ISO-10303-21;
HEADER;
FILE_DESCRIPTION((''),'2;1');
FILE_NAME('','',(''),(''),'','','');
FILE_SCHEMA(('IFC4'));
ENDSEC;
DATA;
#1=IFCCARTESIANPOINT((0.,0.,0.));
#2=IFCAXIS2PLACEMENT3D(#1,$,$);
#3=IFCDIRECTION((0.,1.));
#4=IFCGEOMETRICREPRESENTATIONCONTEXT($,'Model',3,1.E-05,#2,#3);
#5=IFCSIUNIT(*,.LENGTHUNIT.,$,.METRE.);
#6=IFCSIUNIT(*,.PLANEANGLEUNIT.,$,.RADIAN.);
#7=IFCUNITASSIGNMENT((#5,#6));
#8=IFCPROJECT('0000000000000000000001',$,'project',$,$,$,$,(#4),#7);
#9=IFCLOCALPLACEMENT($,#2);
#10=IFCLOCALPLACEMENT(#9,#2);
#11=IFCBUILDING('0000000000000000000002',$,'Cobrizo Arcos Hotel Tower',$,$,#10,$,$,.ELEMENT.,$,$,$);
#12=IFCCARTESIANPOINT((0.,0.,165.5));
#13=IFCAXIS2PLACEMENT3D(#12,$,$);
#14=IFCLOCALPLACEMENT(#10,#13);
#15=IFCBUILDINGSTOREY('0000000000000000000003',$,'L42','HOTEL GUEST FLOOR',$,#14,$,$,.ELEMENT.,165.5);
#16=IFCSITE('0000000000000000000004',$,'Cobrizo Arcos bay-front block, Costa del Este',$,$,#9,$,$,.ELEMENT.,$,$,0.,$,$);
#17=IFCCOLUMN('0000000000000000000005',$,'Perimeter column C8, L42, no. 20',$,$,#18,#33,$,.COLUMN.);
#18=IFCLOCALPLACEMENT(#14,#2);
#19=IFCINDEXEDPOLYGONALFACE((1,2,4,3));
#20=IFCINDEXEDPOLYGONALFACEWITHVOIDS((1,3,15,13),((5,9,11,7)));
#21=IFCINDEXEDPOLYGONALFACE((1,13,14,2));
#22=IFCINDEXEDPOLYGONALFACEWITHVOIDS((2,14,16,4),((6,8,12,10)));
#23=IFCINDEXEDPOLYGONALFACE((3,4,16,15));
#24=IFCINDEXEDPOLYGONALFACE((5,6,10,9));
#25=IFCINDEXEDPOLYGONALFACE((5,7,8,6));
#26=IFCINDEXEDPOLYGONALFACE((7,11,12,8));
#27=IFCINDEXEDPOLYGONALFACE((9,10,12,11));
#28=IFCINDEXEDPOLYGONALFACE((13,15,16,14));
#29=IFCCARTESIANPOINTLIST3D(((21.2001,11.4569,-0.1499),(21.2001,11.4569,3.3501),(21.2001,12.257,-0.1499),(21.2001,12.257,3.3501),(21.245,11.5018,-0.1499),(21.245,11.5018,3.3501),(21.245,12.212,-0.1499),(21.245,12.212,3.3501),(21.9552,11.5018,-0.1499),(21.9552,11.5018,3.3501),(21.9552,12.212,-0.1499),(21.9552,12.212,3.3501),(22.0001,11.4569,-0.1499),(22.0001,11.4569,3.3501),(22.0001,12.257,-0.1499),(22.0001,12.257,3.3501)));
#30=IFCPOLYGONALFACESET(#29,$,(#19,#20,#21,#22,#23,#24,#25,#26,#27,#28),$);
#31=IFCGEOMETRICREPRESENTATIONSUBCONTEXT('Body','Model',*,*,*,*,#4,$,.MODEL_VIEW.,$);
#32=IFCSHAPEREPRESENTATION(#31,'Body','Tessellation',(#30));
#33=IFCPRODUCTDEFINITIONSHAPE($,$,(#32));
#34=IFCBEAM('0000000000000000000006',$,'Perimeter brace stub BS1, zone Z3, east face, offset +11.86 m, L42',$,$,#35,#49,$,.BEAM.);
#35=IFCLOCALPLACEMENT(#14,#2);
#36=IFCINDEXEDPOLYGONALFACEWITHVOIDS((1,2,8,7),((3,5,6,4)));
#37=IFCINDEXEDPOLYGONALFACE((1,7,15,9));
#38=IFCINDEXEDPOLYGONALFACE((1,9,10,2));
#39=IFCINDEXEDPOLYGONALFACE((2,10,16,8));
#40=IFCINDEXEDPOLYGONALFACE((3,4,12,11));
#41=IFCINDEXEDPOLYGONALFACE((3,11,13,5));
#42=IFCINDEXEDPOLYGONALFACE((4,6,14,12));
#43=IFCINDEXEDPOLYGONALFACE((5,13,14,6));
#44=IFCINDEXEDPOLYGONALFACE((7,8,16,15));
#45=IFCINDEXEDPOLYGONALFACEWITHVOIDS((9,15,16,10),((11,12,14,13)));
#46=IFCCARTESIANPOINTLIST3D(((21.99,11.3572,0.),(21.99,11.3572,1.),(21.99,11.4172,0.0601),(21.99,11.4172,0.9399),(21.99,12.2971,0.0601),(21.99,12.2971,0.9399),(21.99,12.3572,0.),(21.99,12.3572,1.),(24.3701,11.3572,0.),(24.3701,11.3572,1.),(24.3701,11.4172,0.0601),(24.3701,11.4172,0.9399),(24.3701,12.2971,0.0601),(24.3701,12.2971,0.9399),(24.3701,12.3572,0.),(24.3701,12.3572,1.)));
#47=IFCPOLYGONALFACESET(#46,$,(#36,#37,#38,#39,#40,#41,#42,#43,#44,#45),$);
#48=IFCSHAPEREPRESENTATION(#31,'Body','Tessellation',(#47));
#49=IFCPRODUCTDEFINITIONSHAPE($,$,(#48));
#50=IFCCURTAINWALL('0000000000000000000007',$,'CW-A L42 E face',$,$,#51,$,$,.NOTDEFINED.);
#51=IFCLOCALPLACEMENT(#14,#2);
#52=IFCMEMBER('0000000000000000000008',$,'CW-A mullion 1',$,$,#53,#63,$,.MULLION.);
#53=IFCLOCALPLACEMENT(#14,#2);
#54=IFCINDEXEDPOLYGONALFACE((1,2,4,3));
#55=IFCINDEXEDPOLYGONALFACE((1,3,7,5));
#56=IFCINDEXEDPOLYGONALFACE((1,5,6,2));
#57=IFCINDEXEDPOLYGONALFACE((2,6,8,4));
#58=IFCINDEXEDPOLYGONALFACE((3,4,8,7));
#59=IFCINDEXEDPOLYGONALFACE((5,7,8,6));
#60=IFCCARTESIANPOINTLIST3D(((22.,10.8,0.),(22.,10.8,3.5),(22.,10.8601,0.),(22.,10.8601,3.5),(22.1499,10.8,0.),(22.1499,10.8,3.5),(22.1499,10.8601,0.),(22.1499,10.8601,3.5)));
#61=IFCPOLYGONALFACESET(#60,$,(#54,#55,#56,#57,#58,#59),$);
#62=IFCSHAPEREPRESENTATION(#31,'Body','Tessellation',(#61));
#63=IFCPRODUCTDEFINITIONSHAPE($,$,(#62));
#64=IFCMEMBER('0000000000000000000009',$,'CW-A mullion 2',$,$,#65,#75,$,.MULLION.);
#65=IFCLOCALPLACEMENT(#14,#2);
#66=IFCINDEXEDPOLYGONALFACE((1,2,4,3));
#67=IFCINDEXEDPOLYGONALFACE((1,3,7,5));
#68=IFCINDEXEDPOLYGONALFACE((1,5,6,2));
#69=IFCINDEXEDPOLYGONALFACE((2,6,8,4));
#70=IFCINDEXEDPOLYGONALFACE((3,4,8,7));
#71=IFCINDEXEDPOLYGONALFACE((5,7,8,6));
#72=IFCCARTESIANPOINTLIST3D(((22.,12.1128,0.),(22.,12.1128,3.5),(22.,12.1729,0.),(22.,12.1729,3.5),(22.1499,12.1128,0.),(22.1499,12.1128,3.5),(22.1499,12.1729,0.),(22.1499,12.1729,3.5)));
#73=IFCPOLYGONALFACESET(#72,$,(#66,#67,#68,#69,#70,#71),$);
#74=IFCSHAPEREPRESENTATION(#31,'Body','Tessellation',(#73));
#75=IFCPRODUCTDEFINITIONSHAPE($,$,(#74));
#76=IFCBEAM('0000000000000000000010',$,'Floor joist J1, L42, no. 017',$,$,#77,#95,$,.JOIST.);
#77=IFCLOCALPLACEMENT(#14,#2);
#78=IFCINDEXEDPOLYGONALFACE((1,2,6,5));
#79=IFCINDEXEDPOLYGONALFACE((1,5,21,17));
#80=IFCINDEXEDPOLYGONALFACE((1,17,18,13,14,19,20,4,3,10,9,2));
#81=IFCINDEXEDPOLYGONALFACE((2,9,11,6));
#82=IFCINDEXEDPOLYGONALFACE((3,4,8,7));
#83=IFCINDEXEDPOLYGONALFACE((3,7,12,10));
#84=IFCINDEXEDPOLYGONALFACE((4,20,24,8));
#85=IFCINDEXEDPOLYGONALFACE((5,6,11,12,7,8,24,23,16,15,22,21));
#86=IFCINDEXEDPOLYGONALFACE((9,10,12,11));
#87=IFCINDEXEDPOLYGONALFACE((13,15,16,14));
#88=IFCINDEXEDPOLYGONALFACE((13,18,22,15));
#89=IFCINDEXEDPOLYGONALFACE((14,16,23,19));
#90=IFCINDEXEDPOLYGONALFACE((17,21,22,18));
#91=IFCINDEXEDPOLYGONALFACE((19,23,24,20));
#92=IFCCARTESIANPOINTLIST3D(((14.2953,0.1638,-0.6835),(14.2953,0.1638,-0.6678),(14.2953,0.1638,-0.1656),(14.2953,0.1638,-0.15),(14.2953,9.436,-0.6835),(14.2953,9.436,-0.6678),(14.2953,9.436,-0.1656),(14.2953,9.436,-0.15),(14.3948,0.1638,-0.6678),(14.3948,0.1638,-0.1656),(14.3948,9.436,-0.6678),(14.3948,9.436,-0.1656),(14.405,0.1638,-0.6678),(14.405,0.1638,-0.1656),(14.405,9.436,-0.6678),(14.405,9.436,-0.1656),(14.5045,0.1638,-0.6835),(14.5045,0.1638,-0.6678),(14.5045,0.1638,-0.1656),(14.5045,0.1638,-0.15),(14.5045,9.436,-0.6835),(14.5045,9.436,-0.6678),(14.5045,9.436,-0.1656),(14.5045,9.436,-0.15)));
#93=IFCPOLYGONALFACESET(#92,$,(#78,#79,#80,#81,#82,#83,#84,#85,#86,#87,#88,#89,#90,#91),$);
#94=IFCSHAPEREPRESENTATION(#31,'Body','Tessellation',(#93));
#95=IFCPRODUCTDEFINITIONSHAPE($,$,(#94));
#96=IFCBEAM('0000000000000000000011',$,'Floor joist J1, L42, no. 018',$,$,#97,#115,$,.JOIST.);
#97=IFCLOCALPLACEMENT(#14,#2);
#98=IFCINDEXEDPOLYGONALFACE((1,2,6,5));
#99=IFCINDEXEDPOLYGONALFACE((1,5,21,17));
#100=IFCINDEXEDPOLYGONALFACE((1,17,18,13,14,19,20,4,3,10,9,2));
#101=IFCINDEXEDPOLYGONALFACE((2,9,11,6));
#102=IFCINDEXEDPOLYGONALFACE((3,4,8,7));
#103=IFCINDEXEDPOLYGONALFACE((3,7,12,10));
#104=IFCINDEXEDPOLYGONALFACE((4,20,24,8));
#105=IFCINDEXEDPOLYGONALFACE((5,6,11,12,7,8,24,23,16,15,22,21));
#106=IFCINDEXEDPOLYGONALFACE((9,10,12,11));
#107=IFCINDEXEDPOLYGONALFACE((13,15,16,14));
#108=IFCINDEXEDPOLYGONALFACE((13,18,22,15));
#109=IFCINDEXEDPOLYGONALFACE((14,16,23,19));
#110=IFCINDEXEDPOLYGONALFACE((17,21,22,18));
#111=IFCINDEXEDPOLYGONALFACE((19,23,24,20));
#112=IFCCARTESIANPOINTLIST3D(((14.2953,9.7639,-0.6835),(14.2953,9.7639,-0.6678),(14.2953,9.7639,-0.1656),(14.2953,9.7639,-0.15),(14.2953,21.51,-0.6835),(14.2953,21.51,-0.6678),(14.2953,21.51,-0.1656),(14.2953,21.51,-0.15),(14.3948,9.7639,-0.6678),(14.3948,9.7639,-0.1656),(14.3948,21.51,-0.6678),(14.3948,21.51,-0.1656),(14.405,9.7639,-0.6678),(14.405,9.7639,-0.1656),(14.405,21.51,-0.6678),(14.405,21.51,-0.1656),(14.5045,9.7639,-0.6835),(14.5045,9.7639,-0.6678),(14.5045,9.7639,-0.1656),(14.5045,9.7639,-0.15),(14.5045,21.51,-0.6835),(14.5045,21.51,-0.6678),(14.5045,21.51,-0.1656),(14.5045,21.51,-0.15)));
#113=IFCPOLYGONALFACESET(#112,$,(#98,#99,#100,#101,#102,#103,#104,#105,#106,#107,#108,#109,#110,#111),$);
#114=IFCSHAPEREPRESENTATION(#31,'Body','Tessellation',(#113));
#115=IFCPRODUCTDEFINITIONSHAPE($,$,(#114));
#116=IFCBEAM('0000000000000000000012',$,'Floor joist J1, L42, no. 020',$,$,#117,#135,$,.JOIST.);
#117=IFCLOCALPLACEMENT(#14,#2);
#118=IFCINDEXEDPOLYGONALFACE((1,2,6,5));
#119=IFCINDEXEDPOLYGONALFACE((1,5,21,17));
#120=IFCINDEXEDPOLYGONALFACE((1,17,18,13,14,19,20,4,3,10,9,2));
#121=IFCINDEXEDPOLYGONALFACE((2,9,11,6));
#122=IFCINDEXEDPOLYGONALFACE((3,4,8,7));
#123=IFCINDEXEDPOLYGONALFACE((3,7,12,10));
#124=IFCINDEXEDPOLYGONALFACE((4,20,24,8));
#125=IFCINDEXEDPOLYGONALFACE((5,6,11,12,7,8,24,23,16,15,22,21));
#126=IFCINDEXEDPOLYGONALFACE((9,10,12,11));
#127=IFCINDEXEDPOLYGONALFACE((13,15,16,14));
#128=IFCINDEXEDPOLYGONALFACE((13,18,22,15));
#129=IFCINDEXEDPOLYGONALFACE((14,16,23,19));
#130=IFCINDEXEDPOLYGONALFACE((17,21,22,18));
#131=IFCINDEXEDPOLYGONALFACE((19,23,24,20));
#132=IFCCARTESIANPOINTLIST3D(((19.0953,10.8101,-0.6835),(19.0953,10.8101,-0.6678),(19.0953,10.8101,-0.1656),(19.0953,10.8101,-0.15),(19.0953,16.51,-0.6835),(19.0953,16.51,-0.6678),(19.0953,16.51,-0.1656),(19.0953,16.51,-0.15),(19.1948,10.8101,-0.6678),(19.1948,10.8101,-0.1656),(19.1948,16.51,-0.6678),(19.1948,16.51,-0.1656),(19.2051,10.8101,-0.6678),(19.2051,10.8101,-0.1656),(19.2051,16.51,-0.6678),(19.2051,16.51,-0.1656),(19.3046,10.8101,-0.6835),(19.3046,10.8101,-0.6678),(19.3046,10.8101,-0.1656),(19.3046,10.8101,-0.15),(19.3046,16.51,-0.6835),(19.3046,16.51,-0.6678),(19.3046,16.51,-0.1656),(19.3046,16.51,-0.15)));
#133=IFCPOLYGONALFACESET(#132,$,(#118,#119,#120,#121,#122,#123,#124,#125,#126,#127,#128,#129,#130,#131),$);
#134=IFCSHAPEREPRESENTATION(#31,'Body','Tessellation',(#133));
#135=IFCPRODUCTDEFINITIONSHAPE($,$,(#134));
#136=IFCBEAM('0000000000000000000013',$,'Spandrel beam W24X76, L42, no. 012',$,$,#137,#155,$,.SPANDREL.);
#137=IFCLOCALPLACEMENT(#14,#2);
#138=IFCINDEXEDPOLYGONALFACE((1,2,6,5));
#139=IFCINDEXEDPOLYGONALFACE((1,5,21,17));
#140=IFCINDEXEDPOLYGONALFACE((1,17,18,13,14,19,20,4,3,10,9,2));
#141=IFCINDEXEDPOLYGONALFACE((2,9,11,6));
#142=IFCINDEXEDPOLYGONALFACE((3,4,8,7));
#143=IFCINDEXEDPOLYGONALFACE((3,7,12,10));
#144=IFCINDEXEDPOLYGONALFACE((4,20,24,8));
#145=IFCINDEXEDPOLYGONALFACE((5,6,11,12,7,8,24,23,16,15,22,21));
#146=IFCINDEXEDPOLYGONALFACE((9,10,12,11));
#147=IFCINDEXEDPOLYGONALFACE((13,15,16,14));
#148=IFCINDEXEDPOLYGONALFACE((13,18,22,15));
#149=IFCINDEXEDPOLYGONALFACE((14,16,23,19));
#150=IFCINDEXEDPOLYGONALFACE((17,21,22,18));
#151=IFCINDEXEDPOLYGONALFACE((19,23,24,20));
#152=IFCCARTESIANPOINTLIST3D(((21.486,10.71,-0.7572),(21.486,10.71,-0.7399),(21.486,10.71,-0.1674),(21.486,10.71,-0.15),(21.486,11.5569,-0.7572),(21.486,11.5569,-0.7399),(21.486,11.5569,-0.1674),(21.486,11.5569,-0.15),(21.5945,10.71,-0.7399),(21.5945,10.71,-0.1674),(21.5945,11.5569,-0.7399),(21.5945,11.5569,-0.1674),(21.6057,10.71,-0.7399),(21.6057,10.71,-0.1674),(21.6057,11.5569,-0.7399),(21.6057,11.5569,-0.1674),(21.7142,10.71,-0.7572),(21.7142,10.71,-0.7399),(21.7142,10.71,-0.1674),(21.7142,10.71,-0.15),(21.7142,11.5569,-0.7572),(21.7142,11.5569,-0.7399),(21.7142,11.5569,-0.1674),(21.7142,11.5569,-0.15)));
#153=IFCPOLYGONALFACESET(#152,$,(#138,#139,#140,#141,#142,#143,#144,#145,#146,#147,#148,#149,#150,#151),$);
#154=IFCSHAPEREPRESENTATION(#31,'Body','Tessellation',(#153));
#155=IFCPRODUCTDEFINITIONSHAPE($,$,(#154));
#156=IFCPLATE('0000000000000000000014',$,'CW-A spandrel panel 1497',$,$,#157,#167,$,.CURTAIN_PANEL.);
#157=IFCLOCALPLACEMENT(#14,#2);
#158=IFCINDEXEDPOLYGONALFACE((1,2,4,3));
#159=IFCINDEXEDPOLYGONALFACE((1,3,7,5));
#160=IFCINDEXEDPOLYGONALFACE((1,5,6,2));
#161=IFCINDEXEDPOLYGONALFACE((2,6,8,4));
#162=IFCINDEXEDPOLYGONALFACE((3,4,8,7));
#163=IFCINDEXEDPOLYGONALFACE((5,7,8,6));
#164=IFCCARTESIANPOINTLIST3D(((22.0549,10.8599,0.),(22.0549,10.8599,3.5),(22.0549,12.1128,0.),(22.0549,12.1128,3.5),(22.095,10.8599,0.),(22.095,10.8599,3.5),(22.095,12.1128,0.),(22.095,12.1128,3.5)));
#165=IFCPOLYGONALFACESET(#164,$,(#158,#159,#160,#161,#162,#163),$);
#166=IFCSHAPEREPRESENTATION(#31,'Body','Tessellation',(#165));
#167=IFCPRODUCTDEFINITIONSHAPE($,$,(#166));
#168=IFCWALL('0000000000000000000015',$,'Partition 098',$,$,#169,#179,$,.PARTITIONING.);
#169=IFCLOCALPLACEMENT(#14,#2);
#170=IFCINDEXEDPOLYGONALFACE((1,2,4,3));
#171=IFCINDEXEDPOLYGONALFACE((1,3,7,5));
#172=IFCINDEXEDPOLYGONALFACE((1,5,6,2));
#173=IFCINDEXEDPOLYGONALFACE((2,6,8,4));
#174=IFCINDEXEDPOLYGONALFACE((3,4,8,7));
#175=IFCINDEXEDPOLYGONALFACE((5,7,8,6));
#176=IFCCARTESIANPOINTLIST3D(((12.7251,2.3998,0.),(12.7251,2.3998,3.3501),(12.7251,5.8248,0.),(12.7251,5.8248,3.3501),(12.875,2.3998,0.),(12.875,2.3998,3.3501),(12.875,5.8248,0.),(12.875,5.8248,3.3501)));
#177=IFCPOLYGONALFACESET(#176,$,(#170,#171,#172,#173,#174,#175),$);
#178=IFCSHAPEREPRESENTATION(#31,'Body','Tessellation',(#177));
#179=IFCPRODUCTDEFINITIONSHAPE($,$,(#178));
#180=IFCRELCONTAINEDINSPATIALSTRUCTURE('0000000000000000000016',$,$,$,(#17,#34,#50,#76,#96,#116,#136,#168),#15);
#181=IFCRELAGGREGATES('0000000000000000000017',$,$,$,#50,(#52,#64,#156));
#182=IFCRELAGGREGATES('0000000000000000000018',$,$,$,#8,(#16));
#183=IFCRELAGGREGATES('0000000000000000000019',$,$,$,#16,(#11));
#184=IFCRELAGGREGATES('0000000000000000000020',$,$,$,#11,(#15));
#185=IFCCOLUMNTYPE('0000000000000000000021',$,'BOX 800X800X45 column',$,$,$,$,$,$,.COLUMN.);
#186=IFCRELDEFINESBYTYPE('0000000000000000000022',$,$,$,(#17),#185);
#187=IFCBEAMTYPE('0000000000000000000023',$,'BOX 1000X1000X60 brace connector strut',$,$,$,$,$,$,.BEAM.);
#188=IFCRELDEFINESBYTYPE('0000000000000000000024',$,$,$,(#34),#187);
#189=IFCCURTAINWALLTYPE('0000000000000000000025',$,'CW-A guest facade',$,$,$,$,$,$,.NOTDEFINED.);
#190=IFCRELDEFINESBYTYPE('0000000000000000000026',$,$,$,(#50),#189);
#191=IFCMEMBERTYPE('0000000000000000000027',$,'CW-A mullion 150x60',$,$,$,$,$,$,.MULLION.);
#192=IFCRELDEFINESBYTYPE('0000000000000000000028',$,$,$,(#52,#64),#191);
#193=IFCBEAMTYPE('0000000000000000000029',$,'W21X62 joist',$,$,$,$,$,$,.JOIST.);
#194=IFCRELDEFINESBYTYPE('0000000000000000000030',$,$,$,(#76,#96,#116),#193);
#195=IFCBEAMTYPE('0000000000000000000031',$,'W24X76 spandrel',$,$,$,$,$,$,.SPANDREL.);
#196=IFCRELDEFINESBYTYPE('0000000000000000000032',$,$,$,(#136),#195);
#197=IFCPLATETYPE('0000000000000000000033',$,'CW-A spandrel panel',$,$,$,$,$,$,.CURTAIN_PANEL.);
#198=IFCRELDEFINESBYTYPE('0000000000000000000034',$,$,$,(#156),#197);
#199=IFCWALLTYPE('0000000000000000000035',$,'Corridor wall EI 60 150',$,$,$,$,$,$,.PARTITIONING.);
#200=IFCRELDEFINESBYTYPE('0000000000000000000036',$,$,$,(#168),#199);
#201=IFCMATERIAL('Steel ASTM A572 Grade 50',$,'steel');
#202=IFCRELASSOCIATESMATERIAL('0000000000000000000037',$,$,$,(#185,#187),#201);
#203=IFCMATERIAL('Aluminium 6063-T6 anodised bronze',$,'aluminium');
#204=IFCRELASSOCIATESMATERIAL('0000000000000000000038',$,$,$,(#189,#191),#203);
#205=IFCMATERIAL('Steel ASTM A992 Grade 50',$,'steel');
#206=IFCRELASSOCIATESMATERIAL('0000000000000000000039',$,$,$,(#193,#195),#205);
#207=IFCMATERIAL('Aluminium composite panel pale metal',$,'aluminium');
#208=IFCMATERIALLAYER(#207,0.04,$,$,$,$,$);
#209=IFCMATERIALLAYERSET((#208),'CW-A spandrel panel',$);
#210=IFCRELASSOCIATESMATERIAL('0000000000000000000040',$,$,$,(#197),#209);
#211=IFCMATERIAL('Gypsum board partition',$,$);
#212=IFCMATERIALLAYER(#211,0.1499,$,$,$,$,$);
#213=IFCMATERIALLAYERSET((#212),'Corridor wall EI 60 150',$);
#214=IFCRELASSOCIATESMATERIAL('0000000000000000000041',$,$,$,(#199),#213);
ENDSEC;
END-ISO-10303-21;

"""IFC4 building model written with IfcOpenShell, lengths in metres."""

from ifc_helpers import new_model, si_unit, direction, frame, frame_2d, origin, origin_2d, place, context, subcontext, project, spatial, rectangle, hollow_rectangle, i_section, extrude, material, layer, layer_set, material_profile, profile_set, type_object, element, aggregate, save


model = new_model("IFC4")

# Units and contexts
model_context = context("Model", 3, precision=1e-05, world=origin(), true_north=direction((0.0, 1.0)))
body_context = subcontext(model_context, "Body", "Model", "MODEL_VIEW")
ifc_project = project(units=[si_unit("LENGTHUNIT", "METRE"), si_unit("PLANEANGLEUNIT", "RADIAN")], contexts=[model_context])

# Site, building, storey
site_placement = place(None, origin())
site = spatial("IfcSite", under=ifc_project, at=site_placement, Name="Cobrizo Arcos bay-front block, Costa del Este", CompositionType="ELEMENT", RefElevation=0.0)
building_placement = place(site_placement, origin())
building = spatial("IfcBuilding", under=site, at=building_placement, Name="Cobrizo Arcos Hotel Tower", CompositionType="ELEMENT")
storey_placement = place(building_placement, frame((0.0, 0.0, 165.5)))
storey = spatial("IfcBuildingStorey", under=building, at=storey_placement, Name="L42", Description="HOTEL GUEST FLOOR", CompositionType="ELEMENT", Elevation=165.5)

# Column
ifc_material_1 = material(Name="Steel ASTM A572 Grade 50", Category="steel")
ifc_material_profile_1 = material_profile(ifc_material_1, hollow_rectangle(XDim=0.8, YDim=0.8, WallThickness=0.0449, at=origin_2d()), Name="BOX 800X800X45")
ifc_profile_set_1 = profile_set([ifc_material_profile_1], Name="Steel ASTM A572 Grade 50")
column_type = type_object("IfcColumnType", Name="BOX 800X800X45 column", PredefinedType="COLUMN", material=ifc_profile_set_1)
column_placement = place(storey_placement, frame((21.6001, 11.8569, -0.1499), z_axis=(0.0, 0.0, 1.0), x_axis=(1.0, 0.0, 0.0)))
element("IfcColumn", 1, at=column_placement, inside=storey, type_object=column_type, Name="Perimeter column C8, L42, no. 20", PredefinedType="COLUMN", context=body_context, shape_type="SweptSolid", body=[
    extrude(hollow_rectangle(XDim=0.8, YDim=0.8, WallThickness=0.0449, at=origin_2d()), origin(), (0.0, 0.0, 1.0), 3.5),
])

# Beam
ifc_material_profile_2 = material_profile(ifc_material_1, hollow_rectangle(XDim=1.0, YDim=1.0, WallThickness=0.0601, at=origin_2d()), Name="BOX 1000X1000X60")
ifc_profile_set_2 = profile_set([ifc_material_profile_2], Name="Steel ASTM A572 Grade 50")
beam_type_1 = type_object("IfcBeamType", Name="BOX 1000X1000X60 brace connector strut", PredefinedType="BEAM", material=ifc_profile_set_2)
beam_1_placement = place(storey_placement, frame((21.99, 11.8572, 0.5), z_axis=(1.0, 0.0, 0.0), x_axis=(0.0, 1.0, 0.0)))
element("IfcBeam", 2, at=beam_1_placement, inside=storey, type_object=beam_type_1, Name="Perimeter brace stub BS1, zone Z3, east face, offset +11.86 m, L42", PredefinedType="BEAM", context=body_context, shape_type="SweptSolid", body=[
    extrude(hollow_rectangle(XDim=1.0, YDim=1.0, WallThickness=0.0601, at=origin_2d()), origin(), (0.0, 0.0, 1.0), 2.3801),
])

# Curtain wall, members
ifc_material_2 = material(Name="Aluminium 6063-T6 anodised bronze", Category="aluminium")
curtain_wall_type = type_object("IfcCurtainWallType", Name="CW-A guest facade", PredefinedType="NOTDEFINED", material=ifc_material_2)
curtain_wall_placement = place(storey_placement, origin())
curtain_wall = element("IfcCurtainWall", 3, at=curtain_wall_placement, inside=storey, type_object=curtain_wall_type, Name="CW-A L42 E face", PredefinedType="NOTDEFINED")
ifc_material_profile_3 = material_profile(ifc_material_2, rectangle(XDim=0.1499, YDim=0.0601, at=origin_2d()), Name="CW-A mullion 150x60")
ifc_profile_set_3 = profile_set([ifc_material_profile_3], Name="Aluminium 6063-T6 anodised bronze")
member_type = type_object("IfcMemberType", Name="CW-A mullion 150x60", PredefinedType="MULLION", material=ifc_profile_set_3)
member_1_placement = place(storey_placement, frame((22.075, 10.8301, 0.0), z_axis=(0.0, 0.0, 1.0), x_axis=(1.0, 0.0, 0.0)))
member_1 = element("IfcMember", 4, at=member_1_placement, type_object=member_type, Name="CW-A mullion 1", PredefinedType="MULLION", context=body_context, shape_type="SweptSolid", body=[
    extrude(rectangle(XDim=0.1499, YDim=0.0601, at=origin_2d()), origin(), (0.0, 0.0, 1.0), 3.5),
])
member_2_placement = place(storey_placement, frame((22.075, 12.1428, 0.0), z_axis=(0.0, 0.0, 1.0), x_axis=(1.0, 0.0, 0.0)))
member_2 = element("IfcMember", 5, at=member_2_placement, type_object=member_type, Name="CW-A mullion 2", PredefinedType="MULLION", context=body_context, shape_type="SweptSolid", body=[
    extrude(rectangle(XDim=0.1499, YDim=0.0601, at=origin_2d()), origin(), (0.0, 0.0, 1.0), 3.5),
])

# Beams
ifc_material_3 = material(Name="Steel ASTM A992 Grade 50", Category="steel")
ifc_material_profile_4 = material_profile(ifc_material_3, i_section(OverallWidth=0.2092, OverallDepth=0.5334, WebThickness=0.0103, FlangeThickness=0.0156, at=origin_2d()), Name="W21X62")
ifc_profile_set_4 = profile_set([ifc_material_profile_4], Name="Steel ASTM A992 Grade 50")
beam_type_2 = type_object("IfcBeamType", Name="W21X62 joist", PredefinedType="JOIST", material=ifc_profile_set_4)
beam_2_placement = place(storey_placement, frame((14.3999, 0.1638, -0.4167), z_axis=(0.0, 1.0, 0.0), x_axis=(-1.0, 0.0, 0.0)))
element("IfcBeam", 6, at=beam_2_placement, inside=storey, type_object=beam_type_2, Name="Floor joist J1, L42, no. 017", PredefinedType="JOIST", context=body_context, shape_type="SweptSolid", body=[
    extrude(i_section(OverallWidth=0.2092, OverallDepth=0.5334, WebThickness=0.0103, FlangeThickness=0.0156, at=origin_2d()), origin(), (0.0, 0.0, 1.0), 9.2722),
])
beam_3_placement = place(storey_placement, frame((14.3999, 9.7639, -0.4167), z_axis=(0.0, 1.0, 0.0), x_axis=(-1.0, 0.0, 0.0)))
element("IfcBeam", 7, at=beam_3_placement, inside=storey, type_object=beam_type_2, Name="Floor joist J1, L42, no. 018", PredefinedType="JOIST", context=body_context, shape_type="SweptSolid", body=[
    extrude(i_section(OverallWidth=0.2092, OverallDepth=0.5334, WebThickness=0.0103, FlangeThickness=0.0156, at=origin_2d()), origin(), (0.0, 0.0, 1.0), 11.7461),
])
beam_4_placement = place(storey_placement, frame((19.2, 10.8101, -0.4167), z_axis=(0.0, 1.0, 0.0), x_axis=(-1.0, 0.0, 0.0)))
element("IfcBeam", 8, at=beam_4_placement, inside=storey, type_object=beam_type_2, Name="Floor joist J1, L42, no. 020", PredefinedType="JOIST", context=body_context, shape_type="SweptSolid", body=[
    extrude(i_section(OverallWidth=0.2092, OverallDepth=0.5334, WebThickness=0.0103, FlangeThickness=0.0156, at=origin_2d()), origin(), (0.0, 0.0, 1.0), 5.7),
])
ifc_material_profile_5 = material_profile(ifc_material_3, i_section(OverallWidth=0.2283, OverallDepth=0.6072, WebThickness=0.0112, FlangeThickness=0.0173, at=origin_2d()), Name="W24X76")
ifc_profile_set_5 = profile_set([ifc_material_profile_5], Name="Steel ASTM A992 Grade 50")
beam_type_3 = type_object("IfcBeamType", Name="W24X76 spandrel", PredefinedType="SPANDREL", material=ifc_profile_set_5)
beam_5_placement = place(storey_placement, frame((21.6001, 10.71, -0.4536), z_axis=(0.0, 1.0, 0.0), x_axis=(-1.0, 0.0, 0.0)))
element("IfcBeam", 9, at=beam_5_placement, inside=storey, type_object=beam_type_3, Name="Spandrel beam W24X76, L42, no. 012", PredefinedType="SPANDREL", context=body_context, shape_type="SweptSolid", body=[
    extrude(i_section(OverallWidth=0.2283, OverallDepth=0.6072, WebThickness=0.0112, FlangeThickness=0.0173, at=origin_2d()), origin(), (0.0, 0.0, 1.0), 0.8469),
])

# Plate
ifc_material_4 = material(Name="Aluminium composite panel pale metal", Category="aluminium")
ifc_layer_1 = layer(ifc_material_4, 0.04)
ifc_layer_set_1 = layer_set([ifc_layer_1], Name="CW-A spandrel panel")
plate_type = type_object("IfcPlateType", Name="CW-A spandrel panel", PredefinedType="CURTAIN_PANEL", material=ifc_layer_set_1)
plate_placement = place(storey_placement, frame((22.075, 11.4863, 0.0), z_axis=(0.0, 0.0, 1.0), x_axis=(0.0, 1.0, 0.0)))
plate = element("IfcPlate", 10, at=plate_placement, type_object=plate_type, Name="CW-A spandrel panel 1497", PredefinedType="CURTAIN_PANEL", context=body_context, shape_type="SweptSolid", body=[
    extrude(rectangle(XDim=1.2529, YDim=0.04, at=origin_2d()), origin(), (0.0, 0.0, 1.0), 3.5),
])
aggregate(curtain_wall, [member_1, member_2, plate])

# Wall
ifc_material_5 = material(Name="Gypsum board partition")
ifc_layer_2 = layer(ifc_material_5, 0.1499)
ifc_layer_set_2 = layer_set([ifc_layer_2], Name="Corridor wall EI 60 150")
wall_type_1 = type_object("IfcWallType", Name="Corridor wall EI 60 150", PredefinedType="PARTITIONING", material=ifc_layer_set_2)
wall_1_placement = place(storey_placement, frame((12.8, 2.3999, 0.0), z_axis=(0.0, 0.0, 1.0), x_axis=(0.0, 1.0, 0.0)))
element("IfcWall", 11, at=wall_1_placement, inside=storey, type_object=wall_type_1, Name="Partition 098", PredefinedType="PARTITIONING", context=body_context, shape_type="SweptSolid", body=[
    extrude(rectangle(XDim=3.425, YDim=0.1499, at=frame_2d((1.7124, 0.0))), origin(), (0.0, 0.0, 1.0), 3.3501),
])

save(model, "model.ifc")
